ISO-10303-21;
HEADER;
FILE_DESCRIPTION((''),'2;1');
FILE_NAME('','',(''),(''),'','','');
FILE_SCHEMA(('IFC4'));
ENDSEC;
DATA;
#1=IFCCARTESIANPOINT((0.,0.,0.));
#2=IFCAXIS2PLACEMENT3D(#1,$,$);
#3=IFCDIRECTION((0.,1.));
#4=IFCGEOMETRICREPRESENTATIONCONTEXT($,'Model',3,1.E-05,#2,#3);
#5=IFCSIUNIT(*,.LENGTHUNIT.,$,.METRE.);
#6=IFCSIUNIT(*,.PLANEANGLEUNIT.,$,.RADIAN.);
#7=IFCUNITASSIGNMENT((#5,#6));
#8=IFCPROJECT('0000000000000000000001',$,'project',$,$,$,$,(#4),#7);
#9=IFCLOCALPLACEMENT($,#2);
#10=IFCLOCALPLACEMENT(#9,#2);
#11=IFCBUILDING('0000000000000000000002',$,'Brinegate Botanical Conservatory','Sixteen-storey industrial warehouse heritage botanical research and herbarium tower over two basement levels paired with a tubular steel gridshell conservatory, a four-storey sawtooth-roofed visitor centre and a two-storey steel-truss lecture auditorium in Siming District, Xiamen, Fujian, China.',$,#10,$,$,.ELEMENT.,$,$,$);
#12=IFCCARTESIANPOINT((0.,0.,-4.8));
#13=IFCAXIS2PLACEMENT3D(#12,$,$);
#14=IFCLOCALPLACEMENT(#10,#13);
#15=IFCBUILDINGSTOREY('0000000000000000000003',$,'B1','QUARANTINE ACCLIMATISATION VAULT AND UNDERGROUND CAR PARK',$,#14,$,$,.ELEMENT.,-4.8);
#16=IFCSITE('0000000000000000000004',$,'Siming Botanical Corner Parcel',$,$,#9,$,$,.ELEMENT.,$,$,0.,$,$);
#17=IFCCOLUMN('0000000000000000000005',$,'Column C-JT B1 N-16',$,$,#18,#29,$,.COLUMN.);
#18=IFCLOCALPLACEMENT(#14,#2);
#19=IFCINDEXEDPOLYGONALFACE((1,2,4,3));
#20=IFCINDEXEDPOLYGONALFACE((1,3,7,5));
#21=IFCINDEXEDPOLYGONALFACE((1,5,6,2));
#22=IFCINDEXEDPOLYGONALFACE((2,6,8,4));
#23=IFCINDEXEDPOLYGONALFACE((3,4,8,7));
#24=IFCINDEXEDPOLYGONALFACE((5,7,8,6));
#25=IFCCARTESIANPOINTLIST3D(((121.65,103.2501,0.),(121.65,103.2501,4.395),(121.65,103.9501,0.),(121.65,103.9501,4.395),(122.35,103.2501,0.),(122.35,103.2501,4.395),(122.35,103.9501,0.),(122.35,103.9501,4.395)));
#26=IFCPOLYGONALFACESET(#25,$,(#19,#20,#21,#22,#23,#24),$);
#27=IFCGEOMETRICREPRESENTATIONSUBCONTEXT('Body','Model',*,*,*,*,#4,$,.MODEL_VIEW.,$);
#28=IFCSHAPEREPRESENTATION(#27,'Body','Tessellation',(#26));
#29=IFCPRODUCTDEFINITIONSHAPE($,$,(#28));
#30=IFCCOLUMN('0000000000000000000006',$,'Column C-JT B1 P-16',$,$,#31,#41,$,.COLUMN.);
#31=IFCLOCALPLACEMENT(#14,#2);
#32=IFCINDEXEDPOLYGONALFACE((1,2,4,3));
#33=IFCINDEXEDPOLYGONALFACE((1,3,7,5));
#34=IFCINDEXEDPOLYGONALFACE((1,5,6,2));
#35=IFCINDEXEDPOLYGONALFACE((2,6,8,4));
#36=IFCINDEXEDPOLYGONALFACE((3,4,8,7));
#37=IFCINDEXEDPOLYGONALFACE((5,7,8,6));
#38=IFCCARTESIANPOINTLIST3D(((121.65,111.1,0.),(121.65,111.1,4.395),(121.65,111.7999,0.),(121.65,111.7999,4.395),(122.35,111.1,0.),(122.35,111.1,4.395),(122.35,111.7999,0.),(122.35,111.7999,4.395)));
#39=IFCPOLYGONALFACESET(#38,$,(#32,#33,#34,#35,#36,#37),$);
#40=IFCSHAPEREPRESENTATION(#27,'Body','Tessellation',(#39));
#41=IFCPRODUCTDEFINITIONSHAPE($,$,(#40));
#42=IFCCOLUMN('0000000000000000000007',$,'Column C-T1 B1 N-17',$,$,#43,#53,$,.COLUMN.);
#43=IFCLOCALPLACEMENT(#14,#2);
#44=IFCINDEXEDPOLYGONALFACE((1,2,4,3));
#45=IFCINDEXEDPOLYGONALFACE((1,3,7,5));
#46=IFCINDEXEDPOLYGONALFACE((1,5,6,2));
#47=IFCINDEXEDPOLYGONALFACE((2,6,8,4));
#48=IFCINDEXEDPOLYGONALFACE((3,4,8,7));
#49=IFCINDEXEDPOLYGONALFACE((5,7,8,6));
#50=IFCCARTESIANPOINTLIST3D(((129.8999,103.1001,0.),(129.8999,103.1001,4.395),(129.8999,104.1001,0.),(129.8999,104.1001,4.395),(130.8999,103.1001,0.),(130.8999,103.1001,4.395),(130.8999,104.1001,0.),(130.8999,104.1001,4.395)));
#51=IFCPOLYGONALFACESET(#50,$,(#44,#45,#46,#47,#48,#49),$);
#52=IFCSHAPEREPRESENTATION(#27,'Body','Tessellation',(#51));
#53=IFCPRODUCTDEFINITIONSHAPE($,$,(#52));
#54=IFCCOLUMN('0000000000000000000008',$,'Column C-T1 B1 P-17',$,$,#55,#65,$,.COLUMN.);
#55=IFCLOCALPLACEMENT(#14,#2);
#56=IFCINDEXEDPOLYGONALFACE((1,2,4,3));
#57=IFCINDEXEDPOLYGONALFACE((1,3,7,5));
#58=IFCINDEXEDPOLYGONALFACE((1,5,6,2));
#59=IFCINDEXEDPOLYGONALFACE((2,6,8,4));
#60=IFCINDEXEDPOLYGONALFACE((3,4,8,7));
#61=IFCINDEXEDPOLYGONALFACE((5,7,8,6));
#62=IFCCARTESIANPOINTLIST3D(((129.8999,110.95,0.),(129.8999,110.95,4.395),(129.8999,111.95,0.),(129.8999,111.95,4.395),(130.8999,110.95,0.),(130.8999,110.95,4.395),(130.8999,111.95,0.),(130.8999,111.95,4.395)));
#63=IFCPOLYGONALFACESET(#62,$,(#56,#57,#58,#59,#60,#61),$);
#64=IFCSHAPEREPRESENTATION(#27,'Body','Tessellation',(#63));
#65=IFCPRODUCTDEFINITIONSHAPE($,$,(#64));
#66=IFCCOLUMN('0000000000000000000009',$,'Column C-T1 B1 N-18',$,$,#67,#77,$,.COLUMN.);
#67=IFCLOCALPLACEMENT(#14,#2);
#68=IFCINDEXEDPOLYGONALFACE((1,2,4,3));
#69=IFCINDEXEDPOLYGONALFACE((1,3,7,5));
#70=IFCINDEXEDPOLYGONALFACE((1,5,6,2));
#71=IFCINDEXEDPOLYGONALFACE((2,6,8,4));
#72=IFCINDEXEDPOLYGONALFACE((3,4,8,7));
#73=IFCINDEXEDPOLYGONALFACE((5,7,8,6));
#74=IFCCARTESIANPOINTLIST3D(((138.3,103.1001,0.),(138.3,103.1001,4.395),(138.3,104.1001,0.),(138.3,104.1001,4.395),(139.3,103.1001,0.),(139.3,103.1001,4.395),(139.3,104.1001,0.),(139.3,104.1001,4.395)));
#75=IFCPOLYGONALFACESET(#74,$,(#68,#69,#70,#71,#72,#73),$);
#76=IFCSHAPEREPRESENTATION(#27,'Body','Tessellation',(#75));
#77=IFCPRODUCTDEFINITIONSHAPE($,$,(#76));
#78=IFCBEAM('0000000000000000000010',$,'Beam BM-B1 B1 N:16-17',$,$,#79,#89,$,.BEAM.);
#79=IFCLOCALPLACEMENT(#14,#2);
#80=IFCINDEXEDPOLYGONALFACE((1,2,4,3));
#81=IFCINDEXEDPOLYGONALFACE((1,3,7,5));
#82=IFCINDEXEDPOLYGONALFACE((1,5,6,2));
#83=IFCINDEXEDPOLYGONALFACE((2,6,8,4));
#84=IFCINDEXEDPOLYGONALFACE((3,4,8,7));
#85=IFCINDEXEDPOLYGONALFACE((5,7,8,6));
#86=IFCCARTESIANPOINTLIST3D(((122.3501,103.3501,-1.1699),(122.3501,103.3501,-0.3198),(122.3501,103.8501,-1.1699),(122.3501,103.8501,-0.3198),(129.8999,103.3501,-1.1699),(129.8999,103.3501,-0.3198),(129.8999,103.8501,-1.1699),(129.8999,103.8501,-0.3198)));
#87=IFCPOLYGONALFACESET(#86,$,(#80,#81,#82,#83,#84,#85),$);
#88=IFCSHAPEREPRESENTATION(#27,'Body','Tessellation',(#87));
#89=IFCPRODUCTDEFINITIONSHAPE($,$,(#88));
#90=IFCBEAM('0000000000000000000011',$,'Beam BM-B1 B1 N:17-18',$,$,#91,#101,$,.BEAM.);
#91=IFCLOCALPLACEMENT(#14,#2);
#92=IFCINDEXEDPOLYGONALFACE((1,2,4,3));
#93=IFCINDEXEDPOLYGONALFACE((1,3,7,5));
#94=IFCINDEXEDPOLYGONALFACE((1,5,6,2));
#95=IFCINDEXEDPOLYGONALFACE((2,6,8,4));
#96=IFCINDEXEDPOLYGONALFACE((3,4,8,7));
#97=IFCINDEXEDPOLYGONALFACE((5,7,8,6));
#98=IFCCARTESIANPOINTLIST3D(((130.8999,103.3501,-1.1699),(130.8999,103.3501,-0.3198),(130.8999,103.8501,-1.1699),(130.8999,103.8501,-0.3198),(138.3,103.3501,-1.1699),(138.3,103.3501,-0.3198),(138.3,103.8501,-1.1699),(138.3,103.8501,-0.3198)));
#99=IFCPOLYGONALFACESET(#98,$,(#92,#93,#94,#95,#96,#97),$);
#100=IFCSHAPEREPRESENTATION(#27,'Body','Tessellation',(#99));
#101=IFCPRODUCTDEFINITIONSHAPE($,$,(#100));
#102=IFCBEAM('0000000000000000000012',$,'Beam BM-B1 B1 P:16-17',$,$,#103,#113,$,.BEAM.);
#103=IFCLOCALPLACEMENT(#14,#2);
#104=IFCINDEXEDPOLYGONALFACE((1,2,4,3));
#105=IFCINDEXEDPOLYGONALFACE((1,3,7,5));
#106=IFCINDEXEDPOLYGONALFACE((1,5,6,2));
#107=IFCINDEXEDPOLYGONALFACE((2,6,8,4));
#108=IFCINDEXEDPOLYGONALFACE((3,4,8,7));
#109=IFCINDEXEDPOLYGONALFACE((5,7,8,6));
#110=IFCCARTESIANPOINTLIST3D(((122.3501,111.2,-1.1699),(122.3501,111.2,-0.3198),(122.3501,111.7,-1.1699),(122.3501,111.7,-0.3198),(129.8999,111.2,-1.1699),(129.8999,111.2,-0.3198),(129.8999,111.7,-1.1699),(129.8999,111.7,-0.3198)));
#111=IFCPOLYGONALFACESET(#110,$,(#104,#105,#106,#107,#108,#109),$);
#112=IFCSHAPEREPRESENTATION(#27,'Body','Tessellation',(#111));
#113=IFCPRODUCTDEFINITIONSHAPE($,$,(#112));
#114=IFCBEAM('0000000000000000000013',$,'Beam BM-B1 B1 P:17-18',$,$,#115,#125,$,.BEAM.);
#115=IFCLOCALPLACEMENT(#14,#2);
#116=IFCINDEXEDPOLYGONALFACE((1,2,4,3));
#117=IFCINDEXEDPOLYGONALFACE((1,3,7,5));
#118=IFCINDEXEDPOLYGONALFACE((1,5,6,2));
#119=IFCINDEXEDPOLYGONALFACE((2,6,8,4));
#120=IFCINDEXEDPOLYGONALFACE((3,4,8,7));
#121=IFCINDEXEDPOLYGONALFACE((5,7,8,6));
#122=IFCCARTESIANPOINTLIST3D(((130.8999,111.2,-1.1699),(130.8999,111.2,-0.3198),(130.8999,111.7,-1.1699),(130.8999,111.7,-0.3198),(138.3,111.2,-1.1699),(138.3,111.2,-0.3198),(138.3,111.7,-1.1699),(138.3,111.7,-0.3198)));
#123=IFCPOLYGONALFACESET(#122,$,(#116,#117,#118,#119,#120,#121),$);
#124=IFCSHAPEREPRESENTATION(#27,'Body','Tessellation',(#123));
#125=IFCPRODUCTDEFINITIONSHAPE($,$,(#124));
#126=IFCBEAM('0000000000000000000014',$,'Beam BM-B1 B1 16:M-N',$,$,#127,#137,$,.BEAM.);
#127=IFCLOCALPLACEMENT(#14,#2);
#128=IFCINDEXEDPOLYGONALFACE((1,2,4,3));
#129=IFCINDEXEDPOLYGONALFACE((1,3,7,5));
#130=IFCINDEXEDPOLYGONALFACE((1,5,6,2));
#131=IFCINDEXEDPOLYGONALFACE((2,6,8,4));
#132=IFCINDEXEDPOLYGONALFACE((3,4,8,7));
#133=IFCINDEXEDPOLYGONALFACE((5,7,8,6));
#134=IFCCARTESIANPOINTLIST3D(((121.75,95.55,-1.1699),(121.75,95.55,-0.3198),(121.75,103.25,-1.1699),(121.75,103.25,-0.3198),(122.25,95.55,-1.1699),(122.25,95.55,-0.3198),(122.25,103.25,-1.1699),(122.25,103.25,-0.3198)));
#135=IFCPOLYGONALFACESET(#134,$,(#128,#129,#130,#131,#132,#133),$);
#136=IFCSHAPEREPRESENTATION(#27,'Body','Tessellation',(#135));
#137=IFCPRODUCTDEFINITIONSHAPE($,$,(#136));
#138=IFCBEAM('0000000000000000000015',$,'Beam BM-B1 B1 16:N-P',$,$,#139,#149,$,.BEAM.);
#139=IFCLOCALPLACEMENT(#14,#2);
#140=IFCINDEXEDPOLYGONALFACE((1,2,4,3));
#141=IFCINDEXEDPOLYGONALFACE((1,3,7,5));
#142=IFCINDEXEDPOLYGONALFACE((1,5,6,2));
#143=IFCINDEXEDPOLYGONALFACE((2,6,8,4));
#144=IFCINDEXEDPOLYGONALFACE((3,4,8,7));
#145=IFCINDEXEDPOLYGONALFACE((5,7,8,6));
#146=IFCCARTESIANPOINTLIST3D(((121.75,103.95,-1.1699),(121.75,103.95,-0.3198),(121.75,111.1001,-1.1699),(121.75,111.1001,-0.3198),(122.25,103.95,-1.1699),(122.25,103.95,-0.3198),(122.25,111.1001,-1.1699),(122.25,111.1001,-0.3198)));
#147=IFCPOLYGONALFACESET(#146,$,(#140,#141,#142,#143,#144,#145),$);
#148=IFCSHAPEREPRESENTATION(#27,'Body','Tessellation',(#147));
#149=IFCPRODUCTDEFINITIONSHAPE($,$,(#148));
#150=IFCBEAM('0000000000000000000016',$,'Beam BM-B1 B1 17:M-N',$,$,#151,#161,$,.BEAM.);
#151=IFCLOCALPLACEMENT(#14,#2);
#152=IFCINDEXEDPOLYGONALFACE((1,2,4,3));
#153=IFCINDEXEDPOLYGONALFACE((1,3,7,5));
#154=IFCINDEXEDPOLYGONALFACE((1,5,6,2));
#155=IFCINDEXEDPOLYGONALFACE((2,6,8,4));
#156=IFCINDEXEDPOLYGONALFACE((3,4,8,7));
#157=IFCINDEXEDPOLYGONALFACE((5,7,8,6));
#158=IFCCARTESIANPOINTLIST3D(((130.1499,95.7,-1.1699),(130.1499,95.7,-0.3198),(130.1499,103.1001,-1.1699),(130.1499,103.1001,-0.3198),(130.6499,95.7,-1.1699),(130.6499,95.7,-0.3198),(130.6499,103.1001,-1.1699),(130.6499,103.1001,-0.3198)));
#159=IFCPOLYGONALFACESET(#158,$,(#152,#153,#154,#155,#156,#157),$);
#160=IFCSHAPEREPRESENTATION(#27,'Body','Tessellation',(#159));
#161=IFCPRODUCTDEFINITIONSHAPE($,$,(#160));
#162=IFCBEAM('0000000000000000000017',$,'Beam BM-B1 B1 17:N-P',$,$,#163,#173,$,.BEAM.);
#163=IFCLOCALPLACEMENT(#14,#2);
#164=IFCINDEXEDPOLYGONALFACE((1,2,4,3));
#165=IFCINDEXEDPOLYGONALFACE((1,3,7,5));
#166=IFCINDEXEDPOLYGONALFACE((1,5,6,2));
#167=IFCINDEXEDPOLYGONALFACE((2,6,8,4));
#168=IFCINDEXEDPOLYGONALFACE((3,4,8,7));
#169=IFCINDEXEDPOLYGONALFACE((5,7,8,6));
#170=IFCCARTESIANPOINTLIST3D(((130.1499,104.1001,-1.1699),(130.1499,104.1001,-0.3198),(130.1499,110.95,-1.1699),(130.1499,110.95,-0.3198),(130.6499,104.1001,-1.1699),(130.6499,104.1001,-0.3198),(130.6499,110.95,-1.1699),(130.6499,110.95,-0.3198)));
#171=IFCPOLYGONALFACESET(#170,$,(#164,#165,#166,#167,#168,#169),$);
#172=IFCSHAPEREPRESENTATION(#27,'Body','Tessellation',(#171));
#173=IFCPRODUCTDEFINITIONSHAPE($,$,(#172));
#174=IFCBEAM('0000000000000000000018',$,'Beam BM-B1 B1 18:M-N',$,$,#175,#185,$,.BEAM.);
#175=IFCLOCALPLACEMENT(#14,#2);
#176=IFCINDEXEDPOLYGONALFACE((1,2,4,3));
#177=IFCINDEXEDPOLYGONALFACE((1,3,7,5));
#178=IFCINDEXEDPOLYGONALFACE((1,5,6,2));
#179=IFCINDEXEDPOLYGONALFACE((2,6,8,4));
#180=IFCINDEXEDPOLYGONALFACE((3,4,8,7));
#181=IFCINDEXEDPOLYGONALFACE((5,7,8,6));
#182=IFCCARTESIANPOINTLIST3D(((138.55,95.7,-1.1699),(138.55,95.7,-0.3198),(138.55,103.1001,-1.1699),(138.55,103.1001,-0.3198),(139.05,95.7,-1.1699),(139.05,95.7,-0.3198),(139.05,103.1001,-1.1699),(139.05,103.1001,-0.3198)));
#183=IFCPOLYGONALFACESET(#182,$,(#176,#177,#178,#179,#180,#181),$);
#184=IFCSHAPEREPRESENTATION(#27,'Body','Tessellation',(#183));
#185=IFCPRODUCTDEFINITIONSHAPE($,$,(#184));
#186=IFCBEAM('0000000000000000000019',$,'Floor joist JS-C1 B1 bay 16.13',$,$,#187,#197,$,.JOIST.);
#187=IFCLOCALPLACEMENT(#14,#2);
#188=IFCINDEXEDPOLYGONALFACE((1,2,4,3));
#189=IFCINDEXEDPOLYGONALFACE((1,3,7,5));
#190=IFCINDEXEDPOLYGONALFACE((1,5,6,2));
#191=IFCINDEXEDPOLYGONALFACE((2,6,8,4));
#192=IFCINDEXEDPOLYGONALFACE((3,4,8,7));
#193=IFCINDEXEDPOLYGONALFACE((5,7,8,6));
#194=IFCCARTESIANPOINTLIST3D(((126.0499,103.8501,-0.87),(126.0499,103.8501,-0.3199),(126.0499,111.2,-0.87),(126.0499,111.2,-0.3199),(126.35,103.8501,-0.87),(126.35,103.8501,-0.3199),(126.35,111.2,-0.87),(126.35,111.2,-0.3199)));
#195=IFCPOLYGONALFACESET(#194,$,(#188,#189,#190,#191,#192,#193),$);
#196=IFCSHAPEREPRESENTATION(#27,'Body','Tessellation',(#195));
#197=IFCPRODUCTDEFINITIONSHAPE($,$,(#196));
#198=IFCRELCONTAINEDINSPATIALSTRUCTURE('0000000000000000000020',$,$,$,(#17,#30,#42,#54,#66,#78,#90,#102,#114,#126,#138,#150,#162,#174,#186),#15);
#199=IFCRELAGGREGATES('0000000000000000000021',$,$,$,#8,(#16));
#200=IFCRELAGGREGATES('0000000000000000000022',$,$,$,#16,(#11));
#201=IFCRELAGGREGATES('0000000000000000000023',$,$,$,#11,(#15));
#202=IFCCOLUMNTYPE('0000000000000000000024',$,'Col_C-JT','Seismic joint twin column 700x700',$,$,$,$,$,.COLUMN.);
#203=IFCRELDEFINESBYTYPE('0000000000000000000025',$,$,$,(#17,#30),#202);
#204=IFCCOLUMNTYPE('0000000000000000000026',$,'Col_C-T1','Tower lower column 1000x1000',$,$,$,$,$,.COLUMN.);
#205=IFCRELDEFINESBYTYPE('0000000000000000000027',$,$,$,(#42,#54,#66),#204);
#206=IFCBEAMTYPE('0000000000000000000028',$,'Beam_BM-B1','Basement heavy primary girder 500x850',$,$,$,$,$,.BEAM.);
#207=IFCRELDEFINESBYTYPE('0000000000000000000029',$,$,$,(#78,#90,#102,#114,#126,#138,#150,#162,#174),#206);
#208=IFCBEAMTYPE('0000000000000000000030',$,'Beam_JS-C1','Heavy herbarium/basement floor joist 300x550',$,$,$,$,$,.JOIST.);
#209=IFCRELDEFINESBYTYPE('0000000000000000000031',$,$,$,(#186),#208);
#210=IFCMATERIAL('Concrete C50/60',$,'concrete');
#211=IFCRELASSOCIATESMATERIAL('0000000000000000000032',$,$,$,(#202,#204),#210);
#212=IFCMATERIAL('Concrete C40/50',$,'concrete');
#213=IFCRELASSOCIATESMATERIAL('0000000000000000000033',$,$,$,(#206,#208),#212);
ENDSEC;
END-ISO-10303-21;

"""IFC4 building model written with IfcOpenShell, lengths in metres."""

from ifc_helpers import new_model, si_unit, direction, frame, origin, origin_2d, place, context, subcontext, project, spatial, rectangle, extrude, material, material_profile, profile_set, type_object, element, save


model = new_model("IFC4")

# Units and contexts
model_context = context("Model", 3, precision=1e-05, world=origin(), true_north=direction((0.0, 1.0)))
body_context = subcontext(model_context, "Body", "Model", "MODEL_VIEW")
ifc_project = project(units=[si_unit("LENGTHUNIT", "METRE"), si_unit("PLANEANGLEUNIT", "RADIAN")], contexts=[model_context])

# Site, building, storey
site_placement = place(None, origin())
site = spatial("IfcSite", under=ifc_project, at=site_placement, Name="Siming Botanical Corner Parcel", CompositionType="ELEMENT", RefElevation=0.0)
building_placement = place(site_placement, origin())
building = spatial("IfcBuilding", under=site, at=building_placement, Name="Brinegate Botanical Conservatory", Description="Sixteen-storey industrial warehouse heritage botanical research and herbarium tower over two basement levels paired with a tubular steel gridshell conservatory, a four-storey sawtooth-roofed visitor centre and a two-storey steel-truss lecture auditorium in Siming District, Xiamen, Fujian, China.", CompositionType="ELEMENT")
storey_placement = place(building_placement, frame((0.0, 0.0, -4.8)))
storey = spatial("IfcBuildingStorey", under=building, at=storey_placement, Name="B1", Description="QUARANTINE ACCLIMATISATION VAULT AND UNDERGROUND CAR PARK", CompositionType="ELEMENT", Elevation=-4.8)

# Columns
ifc_material_1 = material(Name="Concrete C50/60", Category="concrete")
ifc_material_profile_1 = material_profile(ifc_material_1, rectangle(XDim=0.7, YDim=0.7, at=origin_2d()), Name="RC COL 700x700")
ifc_profile_set_1 = profile_set([ifc_material_profile_1], Name="Concrete C50/60")
column_type_1 = type_object("IfcColumnType", Name="Col_C-JT", Description="Seismic joint twin column 700x700", PredefinedType="COLUMN", material=ifc_profile_set_1)
for number, where, z_axis, x_axis, name in (
    (1, (122.0, 103.6001, 0.0), (0.0, 0.0, 1.0), (1.0, 0.0, 0.0), "Column C-JT B1 N-16"),
    (2, (122.0, 111.45, 0.0), (0.0, 0.0, 1.0), (1.0, 0.0, 0.0), "Column C-JT B1 P-16"),
):
    element("IfcColumn", number, at=place(storey_placement, frame(where, z_axis=z_axis, x_axis=x_axis)), inside=storey, type_object=column_type_1, Name=name, PredefinedType="COLUMN", context=body_context, shape_type="SweptSolid", body=[
        extrude(rectangle(XDim=0.7, YDim=0.7, at=origin_2d()), origin(), (0.0, 0.0, 1.0), 4.395),
    ])
ifc_material_profile_2 = material_profile(ifc_material_1, rectangle(XDim=1.0, YDim=1.0, at=origin_2d()), Name="RC COL 1000x1000")
ifc_profile_set_2 = profile_set([ifc_material_profile_2], Name="Concrete C50/60")
column_type_2 = type_object("IfcColumnType", Name="Col_C-T1", Description="Tower lower column 1000x1000", PredefinedType="COLUMN", material=ifc_profile_set_2)
for number, where, z_axis, x_axis, name in (
    (3, (130.3999, 103.6001, 0.0), (0.0, 0.0, 1.0), (1.0, 0.0, 0.0), "Column C-T1 B1 N-17"),
    (4, (130.3999, 111.45, 0.0), (0.0, 0.0, 1.0), (1.0, 0.0, 0.0), "Column C-T1 B1 P-17"),
    (5, (138.8, 103.6001, 0.0), (0.0, 0.0, 1.0), (1.0, 0.0, 0.0), "Column C-T1 B1 N-18"),
):
    element("IfcColumn", number, at=place(storey_placement, frame(where, z_axis=z_axis, x_axis=x_axis)), inside=storey, type_object=column_type_2, Name=name, PredefinedType="COLUMN", context=body_context, shape_type="SweptSolid", body=[
        extrude(rectangle(XDim=1.0, YDim=1.0, at=origin_2d()), origin(), (0.0, 0.0, 1.0), 4.395),
    ])

# Beams
ifc_material_2 = material(Name="Concrete C40/50", Category="concrete")
ifc_material_profile_3 = material_profile(ifc_material_2, rectangle(XDim=0.5, YDim=0.8501, at=origin_2d()), Name="RC BM 500x850")
ifc_profile_set_3 = profile_set([ifc_material_profile_3], Name="Concrete C40/50")
beam_type_1 = type_object("IfcBeamType", Name="Beam_BM-B1", Description="Basement heavy primary girder 500x850", PredefinedType="BEAM", material=ifc_profile_set_3)
beam_1_placement = place(storey_placement, frame((122.3501, 103.6001, -0.7449), z_axis=(1.0, 0.0, 0.0), x_axis=(0.0, 1.0, 0.0)))
element("IfcBeam", 6, at=beam_1_placement, inside=storey, type_object=beam_type_1, Name="Beam BM-B1 B1 N:16-17", PredefinedType="BEAM", context=body_context, shape_type="SweptSolid", body=[
    extrude(rectangle(XDim=0.5, YDim=0.8501, at=origin_2d()), origin(), (0.0, 0.0, 1.0), 7.5498),
])
beam_2_placement = place(storey_placement, frame((130.8999, 103.6001, -0.7449), z_axis=(1.0, 0.0, 0.0), x_axis=(0.0, 1.0, 0.0)))
element("IfcBeam", 7, at=beam_2_placement, inside=storey, type_object=beam_type_1, Name="Beam BM-B1 B1 N:17-18", PredefinedType="BEAM", context=body_context, shape_type="SweptSolid", body=[
    extrude(rectangle(XDim=0.5, YDim=0.8501, at=origin_2d()), origin(), (0.0, 0.0, 1.0), 7.4001),
])
beam_3_placement = place(storey_placement, frame((122.3501, 111.45, -0.7449), z_axis=(1.0, 0.0, 0.0), x_axis=(0.0, 1.0, 0.0)))
element("IfcBeam", 8, at=beam_3_placement, inside=storey, type_object=beam_type_1, Name="Beam BM-B1 B1 P:16-17", PredefinedType="BEAM", context=body_context, shape_type="SweptSolid", body=[
    extrude(rectangle(XDim=0.5, YDim=0.8501, at=origin_2d()), origin(), (0.0, 0.0, 1.0), 7.5498),
])
beam_4_placement = place(storey_placement, frame((130.8999, 111.45, -0.7449), z_axis=(1.0, 0.0, 0.0), x_axis=(0.0, 1.0, 0.0)))
element("IfcBeam", 9, at=beam_4_placement, inside=storey, type_object=beam_type_1, Name="Beam BM-B1 B1 P:17-18", PredefinedType="BEAM", context=body_context, shape_type="SweptSolid", body=[
    extrude(rectangle(XDim=0.5, YDim=0.8501, at=origin_2d()), origin(), (0.0, 0.0, 1.0), 7.4001),
])
beam_5_placement = place(storey_placement, frame((122.0, 95.55, -0.7449), z_axis=(0.0, 1.0, 0.0), x_axis=(-1.0, 0.0, 0.0)))
element("IfcBeam", 10, at=beam_5_placement, inside=storey, type_object=beam_type_1, Name="Beam BM-B1 B1 16:M-N", PredefinedType="BEAM", context=body_context, shape_type="SweptSolid", body=[
    extrude(rectangle(XDim=0.5, YDim=0.8501, at=origin_2d()), origin(), (0.0, 0.0, 1.0), 7.7),
])
beam_6_placement = place(storey_placement, frame((122.0, 103.95, -0.7449), z_axis=(0.0, 1.0, 0.0), x_axis=(-1.0, 0.0, 0.0)))
element("IfcBeam", 11, at=beam_6_placement, inside=storey, type_object=beam_type_1, Name="Beam BM-B1 B1 16:N-P", PredefinedType="BEAM", context=body_context, shape_type="SweptSolid", body=[
    extrude(rectangle(XDim=0.5, YDim=0.8501, at=origin_2d()), origin(), (0.0, 0.0, 1.0), 7.1501),
])
beam_7_placement = place(storey_placement, frame((130.3999, 95.7, -0.7449), z_axis=(0.0, 1.0, 0.0), x_axis=(-1.0, 0.0, 0.0)))
element("IfcBeam", 12, at=beam_7_placement, inside=storey, type_object=beam_type_1, Name="Beam BM-B1 B1 17:M-N", PredefinedType="BEAM", context=body_context, shape_type="SweptSolid", body=[
    extrude(rectangle(XDim=0.5, YDim=0.8501, at=origin_2d()), origin(), (0.0, 0.0, 1.0), 7.4001),
])
beam_8_placement = place(storey_placement, frame((130.3999, 104.1001, -0.7449), z_axis=(0.0, 1.0, 0.0), x_axis=(-1.0, 0.0, 0.0)))
element("IfcBeam", 13, at=beam_8_placement, inside=storey, type_object=beam_type_1, Name="Beam BM-B1 B1 17:N-P", PredefinedType="BEAM", context=body_context, shape_type="SweptSolid", body=[
    extrude(rectangle(XDim=0.5, YDim=0.8501, at=origin_2d()), origin(), (0.0, 0.0, 1.0), 6.8499),
])
beam_9_placement = place(storey_placement, frame((138.8, 95.7, -0.7449), z_axis=(0.0, 1.0, 0.0), x_axis=(-1.0, 0.0, 0.0)))
element("IfcBeam", 14, at=beam_9_placement, inside=storey, type_object=beam_type_1, Name="Beam BM-B1 B1 18:M-N", PredefinedType="BEAM", context=body_context, shape_type="SweptSolid", body=[
    extrude(rectangle(XDim=0.5, YDim=0.8501, at=origin_2d()), origin(), (0.0, 0.0, 1.0), 7.4001),
])
ifc_material_profile_4 = material_profile(ifc_material_2, rectangle(XDim=0.3, YDim=0.55, at=origin_2d()), Name="RC JST 300x550")
ifc_profile_set_4 = profile_set([ifc_material_profile_4], Name="Concrete C40/50")
beam_type_2 = type_object("IfcBeamType", Name="Beam_JS-C1", Description="Heavy herbarium/basement floor joist 300x550", PredefinedType="JOIST", material=ifc_profile_set_4)
for number, where, z_axis, x_axis, name in (
    (15, (126.2, 103.8501, -0.595), (0.0, 1.0, 0.0), (-1.0, 0.0, 0.0), "Floor joist JS-C1 B1 bay 16.13"),
):
    element("IfcBeam", number, at=place(storey_placement, frame(where, z_axis=z_axis, x_axis=x_axis)), inside=storey, type_object=beam_type_2, Name=name, PredefinedType="JOIST", context=body_context, shape_type="SweptSolid", body=[
        extrude(rectangle(XDim=0.3, YDim=0.55, at=origin_2d()), origin(), (0.0, 0.0, 1.0), 7.3499),
    ])

save(model, "model.ifc")
